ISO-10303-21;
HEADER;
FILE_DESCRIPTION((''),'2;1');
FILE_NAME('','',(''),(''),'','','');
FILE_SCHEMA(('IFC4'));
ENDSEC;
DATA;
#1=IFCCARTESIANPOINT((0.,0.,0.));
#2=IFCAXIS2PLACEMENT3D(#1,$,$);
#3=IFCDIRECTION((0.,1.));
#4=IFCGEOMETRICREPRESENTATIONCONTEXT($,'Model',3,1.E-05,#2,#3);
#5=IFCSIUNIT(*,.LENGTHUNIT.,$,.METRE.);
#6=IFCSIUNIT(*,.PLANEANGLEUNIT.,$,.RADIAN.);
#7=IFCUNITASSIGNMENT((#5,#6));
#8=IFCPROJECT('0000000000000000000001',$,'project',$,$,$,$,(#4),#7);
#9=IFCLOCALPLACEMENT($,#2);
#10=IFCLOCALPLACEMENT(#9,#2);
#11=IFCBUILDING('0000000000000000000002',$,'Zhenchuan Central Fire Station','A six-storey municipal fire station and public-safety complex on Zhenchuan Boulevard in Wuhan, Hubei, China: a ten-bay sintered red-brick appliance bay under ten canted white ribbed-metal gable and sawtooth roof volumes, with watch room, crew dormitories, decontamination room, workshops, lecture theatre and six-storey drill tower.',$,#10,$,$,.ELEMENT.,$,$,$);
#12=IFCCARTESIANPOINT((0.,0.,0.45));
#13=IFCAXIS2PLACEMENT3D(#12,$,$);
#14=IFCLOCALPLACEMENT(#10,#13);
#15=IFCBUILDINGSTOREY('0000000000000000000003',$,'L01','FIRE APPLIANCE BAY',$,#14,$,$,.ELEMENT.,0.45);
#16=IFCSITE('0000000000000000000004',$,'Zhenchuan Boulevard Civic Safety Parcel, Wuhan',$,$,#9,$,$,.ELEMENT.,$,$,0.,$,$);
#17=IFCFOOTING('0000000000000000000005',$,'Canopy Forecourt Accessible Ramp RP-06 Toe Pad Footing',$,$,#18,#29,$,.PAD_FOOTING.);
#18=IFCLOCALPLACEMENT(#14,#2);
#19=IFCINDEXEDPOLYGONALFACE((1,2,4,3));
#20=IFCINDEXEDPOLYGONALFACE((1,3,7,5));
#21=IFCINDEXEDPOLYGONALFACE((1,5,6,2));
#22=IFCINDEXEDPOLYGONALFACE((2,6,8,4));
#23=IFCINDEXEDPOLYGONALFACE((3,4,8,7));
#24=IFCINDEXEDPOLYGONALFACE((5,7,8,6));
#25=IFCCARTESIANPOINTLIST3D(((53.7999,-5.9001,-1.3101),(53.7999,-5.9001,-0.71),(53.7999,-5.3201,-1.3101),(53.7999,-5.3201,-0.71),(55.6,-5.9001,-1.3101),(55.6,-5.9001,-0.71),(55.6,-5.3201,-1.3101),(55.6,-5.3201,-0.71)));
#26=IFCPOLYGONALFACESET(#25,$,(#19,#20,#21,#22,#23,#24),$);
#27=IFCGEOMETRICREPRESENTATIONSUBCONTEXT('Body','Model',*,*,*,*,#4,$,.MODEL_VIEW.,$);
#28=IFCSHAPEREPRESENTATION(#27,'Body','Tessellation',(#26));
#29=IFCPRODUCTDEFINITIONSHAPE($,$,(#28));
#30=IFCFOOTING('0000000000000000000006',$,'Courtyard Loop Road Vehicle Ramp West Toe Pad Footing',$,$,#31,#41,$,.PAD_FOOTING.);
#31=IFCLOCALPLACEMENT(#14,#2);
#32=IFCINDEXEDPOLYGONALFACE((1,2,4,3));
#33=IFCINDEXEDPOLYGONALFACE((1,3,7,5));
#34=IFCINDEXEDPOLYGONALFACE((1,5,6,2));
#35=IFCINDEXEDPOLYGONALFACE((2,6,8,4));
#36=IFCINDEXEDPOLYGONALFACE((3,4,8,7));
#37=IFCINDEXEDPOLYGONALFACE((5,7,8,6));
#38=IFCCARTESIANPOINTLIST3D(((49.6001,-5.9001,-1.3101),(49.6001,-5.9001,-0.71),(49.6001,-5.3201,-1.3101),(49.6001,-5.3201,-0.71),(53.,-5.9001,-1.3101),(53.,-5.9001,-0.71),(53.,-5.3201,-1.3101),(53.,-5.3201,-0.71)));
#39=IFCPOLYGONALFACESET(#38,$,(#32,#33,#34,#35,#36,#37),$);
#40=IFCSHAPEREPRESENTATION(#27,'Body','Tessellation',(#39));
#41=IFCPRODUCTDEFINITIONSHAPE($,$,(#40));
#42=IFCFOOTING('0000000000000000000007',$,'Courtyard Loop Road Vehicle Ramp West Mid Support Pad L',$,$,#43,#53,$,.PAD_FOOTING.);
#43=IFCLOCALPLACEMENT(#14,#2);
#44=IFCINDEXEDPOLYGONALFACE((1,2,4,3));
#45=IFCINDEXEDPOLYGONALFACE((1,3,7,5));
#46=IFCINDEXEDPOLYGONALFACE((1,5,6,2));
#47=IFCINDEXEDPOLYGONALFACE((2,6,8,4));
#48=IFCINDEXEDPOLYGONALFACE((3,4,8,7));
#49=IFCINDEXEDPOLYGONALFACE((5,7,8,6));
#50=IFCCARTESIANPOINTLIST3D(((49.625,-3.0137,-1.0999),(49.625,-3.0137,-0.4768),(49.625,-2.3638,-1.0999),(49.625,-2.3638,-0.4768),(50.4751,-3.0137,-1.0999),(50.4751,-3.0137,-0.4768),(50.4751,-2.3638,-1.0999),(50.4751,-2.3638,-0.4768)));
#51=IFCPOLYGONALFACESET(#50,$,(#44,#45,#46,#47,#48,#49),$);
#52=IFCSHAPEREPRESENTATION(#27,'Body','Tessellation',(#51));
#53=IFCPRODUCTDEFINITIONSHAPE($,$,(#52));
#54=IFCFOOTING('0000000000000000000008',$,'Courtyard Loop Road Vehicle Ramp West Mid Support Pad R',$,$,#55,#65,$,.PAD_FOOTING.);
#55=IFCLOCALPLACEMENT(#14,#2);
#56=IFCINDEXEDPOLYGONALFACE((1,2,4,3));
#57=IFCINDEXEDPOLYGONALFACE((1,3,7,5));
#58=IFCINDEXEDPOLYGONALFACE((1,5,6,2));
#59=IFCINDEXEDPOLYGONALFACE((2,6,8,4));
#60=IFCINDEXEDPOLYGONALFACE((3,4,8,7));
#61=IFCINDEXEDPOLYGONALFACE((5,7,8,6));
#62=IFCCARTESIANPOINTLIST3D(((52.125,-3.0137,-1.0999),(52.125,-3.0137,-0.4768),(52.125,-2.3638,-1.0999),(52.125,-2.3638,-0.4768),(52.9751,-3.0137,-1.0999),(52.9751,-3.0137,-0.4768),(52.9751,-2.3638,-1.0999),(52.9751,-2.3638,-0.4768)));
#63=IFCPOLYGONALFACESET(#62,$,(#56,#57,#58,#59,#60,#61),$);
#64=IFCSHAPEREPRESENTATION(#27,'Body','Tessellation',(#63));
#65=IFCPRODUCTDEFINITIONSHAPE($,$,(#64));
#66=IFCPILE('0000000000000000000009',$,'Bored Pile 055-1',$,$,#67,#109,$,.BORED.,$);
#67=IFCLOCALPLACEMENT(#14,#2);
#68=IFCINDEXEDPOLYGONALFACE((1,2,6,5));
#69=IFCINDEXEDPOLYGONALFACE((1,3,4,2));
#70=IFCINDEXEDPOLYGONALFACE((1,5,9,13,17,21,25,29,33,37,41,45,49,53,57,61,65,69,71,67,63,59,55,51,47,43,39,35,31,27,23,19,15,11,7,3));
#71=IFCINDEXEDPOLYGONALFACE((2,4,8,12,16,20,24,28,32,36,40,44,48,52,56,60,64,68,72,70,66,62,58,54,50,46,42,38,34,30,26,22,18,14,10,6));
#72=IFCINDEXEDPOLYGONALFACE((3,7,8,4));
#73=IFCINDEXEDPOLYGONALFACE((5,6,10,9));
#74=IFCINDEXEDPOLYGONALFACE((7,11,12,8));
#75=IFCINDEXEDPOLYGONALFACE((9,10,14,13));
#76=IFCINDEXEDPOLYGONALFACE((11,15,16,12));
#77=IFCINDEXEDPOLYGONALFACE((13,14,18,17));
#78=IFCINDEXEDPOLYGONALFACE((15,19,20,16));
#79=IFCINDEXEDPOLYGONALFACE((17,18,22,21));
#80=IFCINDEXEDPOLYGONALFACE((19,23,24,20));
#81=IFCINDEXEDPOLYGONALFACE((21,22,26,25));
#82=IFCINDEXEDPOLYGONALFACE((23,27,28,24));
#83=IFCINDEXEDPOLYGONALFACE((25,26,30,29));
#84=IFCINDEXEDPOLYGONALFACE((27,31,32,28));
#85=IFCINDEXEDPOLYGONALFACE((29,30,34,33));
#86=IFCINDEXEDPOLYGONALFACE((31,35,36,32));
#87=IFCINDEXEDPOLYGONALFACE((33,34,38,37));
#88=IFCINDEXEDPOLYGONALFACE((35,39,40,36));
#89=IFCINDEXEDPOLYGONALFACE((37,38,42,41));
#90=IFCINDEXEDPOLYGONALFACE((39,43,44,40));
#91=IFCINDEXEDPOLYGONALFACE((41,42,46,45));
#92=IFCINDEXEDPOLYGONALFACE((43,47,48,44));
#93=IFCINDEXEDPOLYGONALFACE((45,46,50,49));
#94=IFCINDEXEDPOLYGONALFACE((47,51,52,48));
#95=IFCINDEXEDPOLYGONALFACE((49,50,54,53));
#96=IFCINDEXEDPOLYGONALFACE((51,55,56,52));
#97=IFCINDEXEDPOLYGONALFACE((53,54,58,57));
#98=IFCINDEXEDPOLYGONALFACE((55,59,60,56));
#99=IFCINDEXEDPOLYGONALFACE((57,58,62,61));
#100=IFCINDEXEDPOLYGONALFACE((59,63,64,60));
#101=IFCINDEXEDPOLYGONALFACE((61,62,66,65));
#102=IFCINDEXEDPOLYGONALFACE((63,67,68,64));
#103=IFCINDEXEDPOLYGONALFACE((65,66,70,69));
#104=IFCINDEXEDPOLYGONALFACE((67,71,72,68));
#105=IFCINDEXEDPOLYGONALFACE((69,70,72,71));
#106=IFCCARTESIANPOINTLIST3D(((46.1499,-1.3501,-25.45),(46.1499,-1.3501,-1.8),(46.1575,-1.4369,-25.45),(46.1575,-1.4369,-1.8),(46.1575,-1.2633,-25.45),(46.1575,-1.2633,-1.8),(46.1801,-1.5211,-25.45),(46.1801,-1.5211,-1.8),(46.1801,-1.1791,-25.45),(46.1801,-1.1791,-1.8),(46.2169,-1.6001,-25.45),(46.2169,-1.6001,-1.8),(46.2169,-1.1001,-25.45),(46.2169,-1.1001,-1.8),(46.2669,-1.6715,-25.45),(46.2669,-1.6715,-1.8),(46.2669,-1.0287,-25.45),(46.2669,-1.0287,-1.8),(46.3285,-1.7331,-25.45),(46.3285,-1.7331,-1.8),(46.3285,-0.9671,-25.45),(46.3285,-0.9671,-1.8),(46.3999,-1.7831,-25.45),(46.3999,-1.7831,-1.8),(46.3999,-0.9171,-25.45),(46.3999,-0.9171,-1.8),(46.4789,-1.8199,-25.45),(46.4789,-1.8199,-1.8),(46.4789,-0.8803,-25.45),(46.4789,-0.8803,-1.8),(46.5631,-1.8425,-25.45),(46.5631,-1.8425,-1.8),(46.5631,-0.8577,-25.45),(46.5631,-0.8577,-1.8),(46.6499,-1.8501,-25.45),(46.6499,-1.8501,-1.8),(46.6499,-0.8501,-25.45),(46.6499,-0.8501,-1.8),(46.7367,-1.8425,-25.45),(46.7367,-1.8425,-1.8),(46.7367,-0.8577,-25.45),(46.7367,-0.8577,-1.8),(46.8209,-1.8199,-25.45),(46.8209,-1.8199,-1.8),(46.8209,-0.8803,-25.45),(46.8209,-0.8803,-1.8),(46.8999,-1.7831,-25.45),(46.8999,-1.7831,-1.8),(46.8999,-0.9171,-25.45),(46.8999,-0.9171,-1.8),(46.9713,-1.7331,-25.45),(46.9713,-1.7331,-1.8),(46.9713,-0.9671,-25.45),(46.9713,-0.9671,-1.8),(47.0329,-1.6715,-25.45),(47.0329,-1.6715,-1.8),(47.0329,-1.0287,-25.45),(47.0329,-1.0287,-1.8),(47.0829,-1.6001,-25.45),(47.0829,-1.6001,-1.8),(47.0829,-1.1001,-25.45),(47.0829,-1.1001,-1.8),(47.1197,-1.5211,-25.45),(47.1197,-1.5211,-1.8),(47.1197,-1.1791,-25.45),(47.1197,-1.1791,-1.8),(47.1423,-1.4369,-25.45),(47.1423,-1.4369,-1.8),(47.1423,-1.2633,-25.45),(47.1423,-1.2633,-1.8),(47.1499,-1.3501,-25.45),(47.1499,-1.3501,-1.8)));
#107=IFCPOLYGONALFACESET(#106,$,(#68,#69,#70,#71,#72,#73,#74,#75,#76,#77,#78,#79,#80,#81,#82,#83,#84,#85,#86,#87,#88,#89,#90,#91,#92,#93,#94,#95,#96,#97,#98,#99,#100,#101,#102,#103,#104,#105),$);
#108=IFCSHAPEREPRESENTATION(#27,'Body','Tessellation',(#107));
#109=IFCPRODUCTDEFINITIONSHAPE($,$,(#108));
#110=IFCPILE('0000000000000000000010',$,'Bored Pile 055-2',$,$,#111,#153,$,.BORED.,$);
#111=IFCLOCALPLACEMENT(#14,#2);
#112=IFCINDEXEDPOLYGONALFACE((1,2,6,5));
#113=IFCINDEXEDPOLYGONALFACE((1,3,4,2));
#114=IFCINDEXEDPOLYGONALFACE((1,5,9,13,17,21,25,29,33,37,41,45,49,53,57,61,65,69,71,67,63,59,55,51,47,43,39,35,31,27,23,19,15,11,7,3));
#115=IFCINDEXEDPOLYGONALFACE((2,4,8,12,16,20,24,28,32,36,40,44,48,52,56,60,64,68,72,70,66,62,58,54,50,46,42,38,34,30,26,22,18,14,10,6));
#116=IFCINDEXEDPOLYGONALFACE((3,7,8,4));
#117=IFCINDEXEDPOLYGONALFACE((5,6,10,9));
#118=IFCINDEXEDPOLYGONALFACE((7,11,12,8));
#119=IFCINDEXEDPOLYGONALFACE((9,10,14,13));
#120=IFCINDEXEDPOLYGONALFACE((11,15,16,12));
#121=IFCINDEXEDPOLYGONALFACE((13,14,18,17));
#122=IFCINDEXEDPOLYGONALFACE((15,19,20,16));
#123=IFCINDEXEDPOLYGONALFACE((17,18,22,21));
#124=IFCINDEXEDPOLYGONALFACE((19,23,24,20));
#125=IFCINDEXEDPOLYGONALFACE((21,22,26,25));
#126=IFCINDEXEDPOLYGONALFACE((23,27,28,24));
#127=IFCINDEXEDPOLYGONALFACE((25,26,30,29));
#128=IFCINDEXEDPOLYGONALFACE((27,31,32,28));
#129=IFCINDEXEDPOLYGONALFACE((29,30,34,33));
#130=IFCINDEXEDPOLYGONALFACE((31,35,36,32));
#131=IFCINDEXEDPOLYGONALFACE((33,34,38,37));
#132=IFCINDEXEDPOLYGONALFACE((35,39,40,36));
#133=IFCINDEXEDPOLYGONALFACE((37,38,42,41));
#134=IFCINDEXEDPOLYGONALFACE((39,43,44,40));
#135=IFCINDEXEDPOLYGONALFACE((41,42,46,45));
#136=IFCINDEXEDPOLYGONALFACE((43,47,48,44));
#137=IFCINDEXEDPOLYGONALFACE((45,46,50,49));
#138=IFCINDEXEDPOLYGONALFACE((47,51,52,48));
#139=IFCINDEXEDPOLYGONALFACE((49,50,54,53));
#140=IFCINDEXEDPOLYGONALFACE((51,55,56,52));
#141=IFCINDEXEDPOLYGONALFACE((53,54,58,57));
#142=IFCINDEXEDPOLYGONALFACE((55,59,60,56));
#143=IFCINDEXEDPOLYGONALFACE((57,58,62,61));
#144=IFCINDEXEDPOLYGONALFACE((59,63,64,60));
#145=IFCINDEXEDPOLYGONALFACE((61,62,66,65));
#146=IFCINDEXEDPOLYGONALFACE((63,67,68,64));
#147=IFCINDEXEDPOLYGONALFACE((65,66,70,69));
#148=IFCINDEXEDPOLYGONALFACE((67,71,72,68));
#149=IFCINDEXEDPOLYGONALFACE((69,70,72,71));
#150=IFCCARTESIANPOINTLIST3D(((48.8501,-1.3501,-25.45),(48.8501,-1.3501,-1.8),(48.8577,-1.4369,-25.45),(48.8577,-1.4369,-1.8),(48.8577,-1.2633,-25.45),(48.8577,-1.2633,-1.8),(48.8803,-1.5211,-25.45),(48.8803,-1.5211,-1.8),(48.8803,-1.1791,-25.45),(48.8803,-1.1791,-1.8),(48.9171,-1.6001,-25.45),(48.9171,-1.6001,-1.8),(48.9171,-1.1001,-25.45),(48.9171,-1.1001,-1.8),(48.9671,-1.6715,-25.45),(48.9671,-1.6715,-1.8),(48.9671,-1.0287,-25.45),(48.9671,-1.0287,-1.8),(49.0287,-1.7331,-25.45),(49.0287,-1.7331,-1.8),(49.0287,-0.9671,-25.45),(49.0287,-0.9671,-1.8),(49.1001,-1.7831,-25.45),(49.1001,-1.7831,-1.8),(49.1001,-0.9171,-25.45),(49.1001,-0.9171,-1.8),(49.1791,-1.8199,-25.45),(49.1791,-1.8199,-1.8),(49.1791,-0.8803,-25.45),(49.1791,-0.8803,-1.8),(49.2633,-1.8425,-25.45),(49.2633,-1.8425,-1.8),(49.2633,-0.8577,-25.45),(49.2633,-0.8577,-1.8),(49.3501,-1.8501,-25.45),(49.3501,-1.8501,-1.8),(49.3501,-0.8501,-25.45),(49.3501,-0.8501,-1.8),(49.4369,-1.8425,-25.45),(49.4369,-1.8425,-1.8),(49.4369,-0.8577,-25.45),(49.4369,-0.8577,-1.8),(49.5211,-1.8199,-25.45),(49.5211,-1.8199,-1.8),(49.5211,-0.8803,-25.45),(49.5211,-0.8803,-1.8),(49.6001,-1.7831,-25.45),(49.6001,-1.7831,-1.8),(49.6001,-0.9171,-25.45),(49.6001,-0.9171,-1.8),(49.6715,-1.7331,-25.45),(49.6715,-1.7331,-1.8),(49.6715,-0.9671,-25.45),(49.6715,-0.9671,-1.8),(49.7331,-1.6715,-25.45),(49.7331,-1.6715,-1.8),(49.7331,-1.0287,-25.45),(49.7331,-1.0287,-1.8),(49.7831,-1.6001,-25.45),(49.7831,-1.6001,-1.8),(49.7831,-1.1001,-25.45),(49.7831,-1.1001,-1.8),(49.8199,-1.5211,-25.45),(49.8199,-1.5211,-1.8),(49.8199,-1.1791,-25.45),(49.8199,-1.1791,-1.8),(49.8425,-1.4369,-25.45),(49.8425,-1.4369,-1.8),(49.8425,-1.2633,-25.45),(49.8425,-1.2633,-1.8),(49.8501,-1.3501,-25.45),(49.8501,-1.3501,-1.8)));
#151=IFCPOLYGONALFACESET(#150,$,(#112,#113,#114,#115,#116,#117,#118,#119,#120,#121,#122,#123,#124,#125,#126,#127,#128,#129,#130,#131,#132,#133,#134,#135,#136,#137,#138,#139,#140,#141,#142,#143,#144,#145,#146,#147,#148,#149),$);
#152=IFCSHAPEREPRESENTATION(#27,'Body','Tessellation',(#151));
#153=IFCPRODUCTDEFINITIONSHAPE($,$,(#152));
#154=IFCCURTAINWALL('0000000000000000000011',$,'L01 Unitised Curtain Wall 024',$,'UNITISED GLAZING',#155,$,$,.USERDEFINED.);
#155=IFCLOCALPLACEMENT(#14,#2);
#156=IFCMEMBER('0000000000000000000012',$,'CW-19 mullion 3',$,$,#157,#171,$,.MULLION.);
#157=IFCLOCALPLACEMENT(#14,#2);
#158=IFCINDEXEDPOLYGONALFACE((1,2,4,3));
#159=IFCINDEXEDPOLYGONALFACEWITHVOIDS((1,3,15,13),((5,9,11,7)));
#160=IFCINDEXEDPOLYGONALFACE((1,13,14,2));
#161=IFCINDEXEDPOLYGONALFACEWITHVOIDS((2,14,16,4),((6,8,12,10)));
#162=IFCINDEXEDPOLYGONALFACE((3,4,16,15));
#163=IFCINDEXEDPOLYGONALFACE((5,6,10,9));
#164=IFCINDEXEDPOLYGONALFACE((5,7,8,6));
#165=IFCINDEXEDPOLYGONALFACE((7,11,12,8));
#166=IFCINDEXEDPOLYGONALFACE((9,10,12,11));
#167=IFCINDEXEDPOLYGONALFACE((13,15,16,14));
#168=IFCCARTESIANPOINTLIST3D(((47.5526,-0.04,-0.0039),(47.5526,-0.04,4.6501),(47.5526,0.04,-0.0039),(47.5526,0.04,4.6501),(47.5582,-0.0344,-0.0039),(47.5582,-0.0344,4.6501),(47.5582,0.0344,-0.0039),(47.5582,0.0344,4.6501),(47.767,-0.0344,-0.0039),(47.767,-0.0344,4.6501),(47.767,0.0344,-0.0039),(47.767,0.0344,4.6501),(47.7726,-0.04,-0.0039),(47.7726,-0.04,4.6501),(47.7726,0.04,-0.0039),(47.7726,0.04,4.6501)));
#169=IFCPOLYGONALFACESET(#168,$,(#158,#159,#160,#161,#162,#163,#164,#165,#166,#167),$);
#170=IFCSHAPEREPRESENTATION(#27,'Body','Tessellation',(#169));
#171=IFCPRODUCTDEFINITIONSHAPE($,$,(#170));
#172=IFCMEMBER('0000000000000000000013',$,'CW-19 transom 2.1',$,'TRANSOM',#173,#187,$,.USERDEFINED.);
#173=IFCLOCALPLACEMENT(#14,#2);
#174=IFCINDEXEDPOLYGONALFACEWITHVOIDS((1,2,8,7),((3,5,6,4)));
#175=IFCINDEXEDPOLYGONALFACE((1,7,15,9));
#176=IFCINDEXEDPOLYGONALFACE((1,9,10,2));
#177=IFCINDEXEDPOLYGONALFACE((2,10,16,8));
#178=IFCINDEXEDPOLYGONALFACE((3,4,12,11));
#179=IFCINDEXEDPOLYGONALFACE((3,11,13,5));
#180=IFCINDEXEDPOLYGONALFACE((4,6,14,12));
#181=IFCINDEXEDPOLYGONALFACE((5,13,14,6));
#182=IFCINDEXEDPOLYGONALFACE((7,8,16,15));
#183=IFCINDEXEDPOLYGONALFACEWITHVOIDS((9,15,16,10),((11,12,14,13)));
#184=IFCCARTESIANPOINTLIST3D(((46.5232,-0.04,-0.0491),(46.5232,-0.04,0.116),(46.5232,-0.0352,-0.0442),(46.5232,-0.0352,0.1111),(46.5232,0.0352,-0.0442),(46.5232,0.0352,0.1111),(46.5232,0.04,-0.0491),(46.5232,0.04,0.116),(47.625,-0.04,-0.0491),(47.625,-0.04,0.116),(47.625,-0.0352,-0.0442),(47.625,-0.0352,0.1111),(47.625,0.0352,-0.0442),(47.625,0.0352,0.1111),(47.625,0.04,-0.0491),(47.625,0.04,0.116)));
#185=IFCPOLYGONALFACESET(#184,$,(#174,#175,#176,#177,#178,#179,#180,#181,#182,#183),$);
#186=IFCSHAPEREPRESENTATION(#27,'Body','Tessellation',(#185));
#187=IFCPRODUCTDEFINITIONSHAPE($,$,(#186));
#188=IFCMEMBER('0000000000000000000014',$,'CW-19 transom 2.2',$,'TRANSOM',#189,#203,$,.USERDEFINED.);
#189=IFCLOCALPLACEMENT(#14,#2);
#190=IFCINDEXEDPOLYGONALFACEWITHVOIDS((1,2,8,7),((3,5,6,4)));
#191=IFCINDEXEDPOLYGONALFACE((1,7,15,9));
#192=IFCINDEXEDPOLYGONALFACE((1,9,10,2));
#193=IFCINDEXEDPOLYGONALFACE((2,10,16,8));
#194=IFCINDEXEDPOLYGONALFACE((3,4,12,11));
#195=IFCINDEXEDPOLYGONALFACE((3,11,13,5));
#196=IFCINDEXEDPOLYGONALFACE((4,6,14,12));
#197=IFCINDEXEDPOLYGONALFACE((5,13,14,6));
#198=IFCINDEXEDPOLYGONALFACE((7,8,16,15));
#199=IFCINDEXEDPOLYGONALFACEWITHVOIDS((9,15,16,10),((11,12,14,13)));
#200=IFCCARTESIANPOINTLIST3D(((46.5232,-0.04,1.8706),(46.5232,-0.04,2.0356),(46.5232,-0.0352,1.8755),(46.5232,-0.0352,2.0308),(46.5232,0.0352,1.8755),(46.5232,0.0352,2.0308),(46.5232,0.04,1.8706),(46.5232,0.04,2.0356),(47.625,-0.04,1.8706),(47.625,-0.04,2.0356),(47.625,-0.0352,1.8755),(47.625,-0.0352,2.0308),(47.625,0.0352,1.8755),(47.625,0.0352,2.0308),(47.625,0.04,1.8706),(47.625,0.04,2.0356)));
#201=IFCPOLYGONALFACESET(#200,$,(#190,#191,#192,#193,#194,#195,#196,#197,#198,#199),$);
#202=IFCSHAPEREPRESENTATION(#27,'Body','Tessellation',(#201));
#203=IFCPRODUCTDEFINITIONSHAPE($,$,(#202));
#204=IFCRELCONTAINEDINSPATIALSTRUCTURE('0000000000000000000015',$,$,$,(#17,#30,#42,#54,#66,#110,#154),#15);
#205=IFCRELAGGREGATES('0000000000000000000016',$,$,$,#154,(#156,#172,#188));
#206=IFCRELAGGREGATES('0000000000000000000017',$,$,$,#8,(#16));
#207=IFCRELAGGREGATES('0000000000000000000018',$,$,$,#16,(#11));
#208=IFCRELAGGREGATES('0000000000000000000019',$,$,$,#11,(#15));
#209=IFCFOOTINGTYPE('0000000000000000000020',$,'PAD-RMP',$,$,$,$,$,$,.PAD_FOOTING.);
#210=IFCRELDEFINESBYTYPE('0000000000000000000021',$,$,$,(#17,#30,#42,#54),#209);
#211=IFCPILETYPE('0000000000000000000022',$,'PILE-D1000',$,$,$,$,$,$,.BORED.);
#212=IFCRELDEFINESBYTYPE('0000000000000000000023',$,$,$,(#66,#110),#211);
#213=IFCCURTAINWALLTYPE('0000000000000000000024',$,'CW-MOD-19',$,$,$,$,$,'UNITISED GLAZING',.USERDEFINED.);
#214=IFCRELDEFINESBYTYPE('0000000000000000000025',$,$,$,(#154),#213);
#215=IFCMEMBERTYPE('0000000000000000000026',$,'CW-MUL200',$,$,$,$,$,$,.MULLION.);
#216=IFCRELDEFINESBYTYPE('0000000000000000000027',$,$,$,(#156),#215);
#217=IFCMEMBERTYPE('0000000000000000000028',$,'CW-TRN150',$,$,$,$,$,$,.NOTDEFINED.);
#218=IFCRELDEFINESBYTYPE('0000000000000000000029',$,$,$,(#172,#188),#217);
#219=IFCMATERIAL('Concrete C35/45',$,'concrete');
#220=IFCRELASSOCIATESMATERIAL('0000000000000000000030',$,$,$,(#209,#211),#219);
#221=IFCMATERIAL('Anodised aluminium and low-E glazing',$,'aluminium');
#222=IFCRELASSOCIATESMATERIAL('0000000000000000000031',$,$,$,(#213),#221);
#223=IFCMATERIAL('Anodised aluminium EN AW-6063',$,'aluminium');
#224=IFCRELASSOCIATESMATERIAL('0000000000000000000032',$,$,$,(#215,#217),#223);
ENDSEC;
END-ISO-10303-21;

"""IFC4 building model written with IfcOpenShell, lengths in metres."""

from ifc_helpers import new_model, si_unit, direction, frame, origin, origin_2d, place, context, subcontext, project, spatial, rectangle, hollow_rectangle, circle, extrude, material, material_profile, profile_set, type_object, element, aggregate, save


model = new_model("IFC4")

# Units and contexts
model_context = context("Model", 3, precision=1e-05, world=origin(), true_north=direction((0.0, 1.0)))
body_context = subcontext(model_context, "Body", "Model", "MODEL_VIEW")
ifc_project = project(units=[si_unit("LENGTHUNIT", "METRE"), si_unit("PLANEANGLEUNIT", "RADIAN")], contexts=[model_context])

# Site, building, storey
site_placement = place(None, origin())
site = spatial("IfcSite", under=ifc_project, at=site_placement, Name="Zhenchuan Boulevard Civic Safety Parcel, Wuhan", CompositionType="ELEMENT", RefElevation=0.0)
building_placement = place(site_placement, origin())
building = spatial("IfcBuilding", under=site, at=building_placement, Name="Zhenchuan Central Fire Station", Description="A six-storey municipal fire station and public-safety complex on Zhenchuan Boulevard in Wuhan, Hubei, China: a ten-bay sintered red-brick appliance bay under ten canted white ribbed-metal gable and sawtooth roof volumes, with watch room, crew dormitories, decontamination room, workshops, lecture theatre and six-storey drill tower.", CompositionType="ELEMENT")
storey_placement = place(building_placement, frame((0.0, 0.0, 0.45)))
storey = spatial("IfcBuildingStorey", under=building, at=storey_placement, Name="L01", Description="FIRE APPLIANCE BAY", CompositionType="ELEMENT", Elevation=0.45)

# Footings
ifc_material_1 = material(Name="Concrete C35/45", Category="concrete")
footing_type = type_object("IfcFootingType", Name="PAD-RMP", PredefinedType="PAD_FOOTING", material=ifc_material_1)
footing_1_placement = place(storey_placement, frame((54.7, -5.6101, -1.3101), z_axis=(0.0, 0.0, 1.0), x_axis=(1.0, 0.0, 0.0)))
element("IfcFooting", 1, at=footing_1_placement, inside=storey, type_object=footing_type, Name="Canopy Forecourt Accessible Ramp RP-06 Toe Pad Footing", PredefinedType="PAD_FOOTING", context=body_context, shape_type="SweptSolid", body=[
    extrude(rectangle(XDim=1.8, YDim=0.5801, at=origin_2d()), origin(), (0.0, 0.0, 1.0), 0.6001),
])
footing_2_placement = place(storey_placement, frame((51.3, -5.6101, -1.3101), z_axis=(0.0, 0.0, 1.0), x_axis=(1.0, 0.0, 0.0)))
element("IfcFooting", 2, at=footing_2_placement, inside=storey, type_object=footing_type, Name="Courtyard Loop Road Vehicle Ramp West Toe Pad Footing", PredefinedType="PAD_FOOTING", context=body_context, shape_type="SweptSolid", body=[
    extrude(rectangle(XDim=3.3999, YDim=0.5801, at=origin_2d()), origin(), (0.0, 0.0, 1.0), 0.6001),
])
for number, where, z_axis, x_axis, name in (
    (3, (50.05, -2.6887, -1.0999), (0.0, 0.0, 1.0), (1.0, 0.0, 0.0), "Courtyard Loop Road Vehicle Ramp West Mid Support Pad L"),
    (4, (52.55, -2.6887, -1.0999), (0.0, 0.0, 1.0), (1.0, 0.0, 0.0), "Courtyard Loop Road Vehicle Ramp West Mid Support Pad R"),
):
    element("IfcFooting", number, at=place(storey_placement, frame(where, z_axis=z_axis, x_axis=x_axis)), inside=storey, type_object=footing_type, Name=name, PredefinedType="PAD_FOOTING", context=body_context, shape_type="SweptSolid", body=[
        extrude(rectangle(XDim=0.8501, YDim=0.6499, at=origin_2d()), origin(), (0.0, 0.0, 1.0), 0.623),
    ])

# Piles
ifc_material_profile_1 = material_profile(ifc_material_1, circle(Radius=0.5, at=origin_2d()), Name="PILE D1000")
ifc_profile_set_1 = profile_set([ifc_material_profile_1], Name="Concrete C35/45")
pile_type = type_object("IfcPileType", Name="PILE-D1000", PredefinedType="BORED", material=ifc_profile_set_1)
for number, where, z_axis, x_axis, name in (
    (5, (46.6499, -1.3501, -1.8), (0.0, 0.0, -1.0), (1.0, 0.0, 0.0), "Bored Pile 055-1"),
    (6, (49.3501, -1.3501, -1.8), (0.0, 0.0, -1.0), (1.0, 0.0, 0.0), "Bored Pile 055-2"),
):
    element("IfcPile", number, at=place(storey_placement, frame(where, z_axis=z_axis, x_axis=x_axis)), inside=storey, type_object=pile_type, Name=name, PredefinedType="BORED", context=body_context, shape_type="SweptSolid", body=[
        extrude(circle(Radius=0.5, at=origin_2d()), origin(), (0.0, 0.0, 1.0), 23.6499),
    ])

# Curtain wall, members
ifc_material_2 = material(Name="Anodised aluminium and low-E glazing", Category="aluminium")
curtain_wall_type = type_object("IfcCurtainWallType", Name="CW-MOD-19", ElementType="UNITISED GLAZING", PredefinedType="USERDEFINED", material=ifc_material_2)
curtain_wall_placement = place(storey_placement, origin())
curtain_wall = element("IfcCurtainWall", 7, at=curtain_wall_placement, inside=storey, type_object=curtain_wall_type, Name="L01 Unitised Curtain Wall 024", ObjectType="UNITISED GLAZING", PredefinedType="USERDEFINED")
ifc_material_3 = material(Name="Anodised aluminium EN AW-6063", Category="aluminium")
ifc_material_profile_2 = material_profile(ifc_material_3, hollow_rectangle(XDim=0.0801, YDim=0.22, WallThickness=0.0056, at=origin_2d()), Name="ALU-M 220x80")
ifc_profile_set_2 = profile_set([ifc_material_profile_2], Name="Anodised aluminium EN AW-6063")
member_type_1 = type_object("IfcMemberType", Name="CW-MUL200", PredefinedType="MULLION", material=ifc_profile_set_2)
member_1_placement = place(storey_placement, frame((47.6626, 0.0, -0.0039), z_axis=(0.0, 0.0, 1.0), x_axis=(0.0, 1.0, 0.0)))
member_1 = element("IfcMember", 8, at=member_1_placement, type_object=member_type_1, Name="CW-19 mullion 3", PredefinedType="MULLION", context=body_context, shape_type="SweptSolid", body=[
    extrude(hollow_rectangle(XDim=0.0801, YDim=0.22, WallThickness=0.0056, at=origin_2d()), origin(), (0.0, 0.0, 1.0), 4.6541),
])
ifc_material_profile_3 = material_profile(ifc_material_3, hollow_rectangle(XDim=0.0801, YDim=0.165, WallThickness=0.0049, at=origin_2d()), Name="ALU-T 165x80")
ifc_profile_set_3 = profile_set([ifc_material_profile_3], Name="Anodised aluminium EN AW-6063")
member_type_2 = type_object("IfcMemberType", Name="CW-TRN150", PredefinedType="NOTDEFINED", material=ifc_profile_set_3)
member_2_placement = place(storey_placement, frame((46.5232, 0.0, 0.0334), z_axis=(1.0, 0.0, 0.0), x_axis=(0.0, 1.0, 0.0)))
member_2 = element("IfcMember", 9, at=member_2_placement, type_object=member_type_2, Name="CW-19 transom 2.1", ObjectType="TRANSOM", PredefinedType="USERDEFINED", context=body_context, shape_type="SweptSolid", body=[
    extrude(hollow_rectangle(XDim=0.0801, YDim=0.165, WallThickness=0.0049, at=origin_2d()), origin(), (0.0, 0.0, 1.0), 1.1018),
])
member_3_placement = place(storey_placement, frame((46.5232, 0.0, 1.9531), z_axis=(1.0, 0.0, 0.0), x_axis=(0.0, 1.0, 0.0)))
member_3 = element("IfcMember", 10, at=member_3_placement, type_object=member_type_2, Name="CW-19 transom 2.2", ObjectType="TRANSOM", PredefinedType="USERDEFINED", context=body_context, shape_type="SweptSolid", body=[
    extrude(hollow_rectangle(XDim=0.0801, YDim=0.165, WallThickness=0.0049, at=origin_2d()), origin(), (0.0, 0.0, 1.0), 1.1018),
])
aggregate(curtain_wall, [member_1, member_2, member_3])

save(model, "model.ifc")
